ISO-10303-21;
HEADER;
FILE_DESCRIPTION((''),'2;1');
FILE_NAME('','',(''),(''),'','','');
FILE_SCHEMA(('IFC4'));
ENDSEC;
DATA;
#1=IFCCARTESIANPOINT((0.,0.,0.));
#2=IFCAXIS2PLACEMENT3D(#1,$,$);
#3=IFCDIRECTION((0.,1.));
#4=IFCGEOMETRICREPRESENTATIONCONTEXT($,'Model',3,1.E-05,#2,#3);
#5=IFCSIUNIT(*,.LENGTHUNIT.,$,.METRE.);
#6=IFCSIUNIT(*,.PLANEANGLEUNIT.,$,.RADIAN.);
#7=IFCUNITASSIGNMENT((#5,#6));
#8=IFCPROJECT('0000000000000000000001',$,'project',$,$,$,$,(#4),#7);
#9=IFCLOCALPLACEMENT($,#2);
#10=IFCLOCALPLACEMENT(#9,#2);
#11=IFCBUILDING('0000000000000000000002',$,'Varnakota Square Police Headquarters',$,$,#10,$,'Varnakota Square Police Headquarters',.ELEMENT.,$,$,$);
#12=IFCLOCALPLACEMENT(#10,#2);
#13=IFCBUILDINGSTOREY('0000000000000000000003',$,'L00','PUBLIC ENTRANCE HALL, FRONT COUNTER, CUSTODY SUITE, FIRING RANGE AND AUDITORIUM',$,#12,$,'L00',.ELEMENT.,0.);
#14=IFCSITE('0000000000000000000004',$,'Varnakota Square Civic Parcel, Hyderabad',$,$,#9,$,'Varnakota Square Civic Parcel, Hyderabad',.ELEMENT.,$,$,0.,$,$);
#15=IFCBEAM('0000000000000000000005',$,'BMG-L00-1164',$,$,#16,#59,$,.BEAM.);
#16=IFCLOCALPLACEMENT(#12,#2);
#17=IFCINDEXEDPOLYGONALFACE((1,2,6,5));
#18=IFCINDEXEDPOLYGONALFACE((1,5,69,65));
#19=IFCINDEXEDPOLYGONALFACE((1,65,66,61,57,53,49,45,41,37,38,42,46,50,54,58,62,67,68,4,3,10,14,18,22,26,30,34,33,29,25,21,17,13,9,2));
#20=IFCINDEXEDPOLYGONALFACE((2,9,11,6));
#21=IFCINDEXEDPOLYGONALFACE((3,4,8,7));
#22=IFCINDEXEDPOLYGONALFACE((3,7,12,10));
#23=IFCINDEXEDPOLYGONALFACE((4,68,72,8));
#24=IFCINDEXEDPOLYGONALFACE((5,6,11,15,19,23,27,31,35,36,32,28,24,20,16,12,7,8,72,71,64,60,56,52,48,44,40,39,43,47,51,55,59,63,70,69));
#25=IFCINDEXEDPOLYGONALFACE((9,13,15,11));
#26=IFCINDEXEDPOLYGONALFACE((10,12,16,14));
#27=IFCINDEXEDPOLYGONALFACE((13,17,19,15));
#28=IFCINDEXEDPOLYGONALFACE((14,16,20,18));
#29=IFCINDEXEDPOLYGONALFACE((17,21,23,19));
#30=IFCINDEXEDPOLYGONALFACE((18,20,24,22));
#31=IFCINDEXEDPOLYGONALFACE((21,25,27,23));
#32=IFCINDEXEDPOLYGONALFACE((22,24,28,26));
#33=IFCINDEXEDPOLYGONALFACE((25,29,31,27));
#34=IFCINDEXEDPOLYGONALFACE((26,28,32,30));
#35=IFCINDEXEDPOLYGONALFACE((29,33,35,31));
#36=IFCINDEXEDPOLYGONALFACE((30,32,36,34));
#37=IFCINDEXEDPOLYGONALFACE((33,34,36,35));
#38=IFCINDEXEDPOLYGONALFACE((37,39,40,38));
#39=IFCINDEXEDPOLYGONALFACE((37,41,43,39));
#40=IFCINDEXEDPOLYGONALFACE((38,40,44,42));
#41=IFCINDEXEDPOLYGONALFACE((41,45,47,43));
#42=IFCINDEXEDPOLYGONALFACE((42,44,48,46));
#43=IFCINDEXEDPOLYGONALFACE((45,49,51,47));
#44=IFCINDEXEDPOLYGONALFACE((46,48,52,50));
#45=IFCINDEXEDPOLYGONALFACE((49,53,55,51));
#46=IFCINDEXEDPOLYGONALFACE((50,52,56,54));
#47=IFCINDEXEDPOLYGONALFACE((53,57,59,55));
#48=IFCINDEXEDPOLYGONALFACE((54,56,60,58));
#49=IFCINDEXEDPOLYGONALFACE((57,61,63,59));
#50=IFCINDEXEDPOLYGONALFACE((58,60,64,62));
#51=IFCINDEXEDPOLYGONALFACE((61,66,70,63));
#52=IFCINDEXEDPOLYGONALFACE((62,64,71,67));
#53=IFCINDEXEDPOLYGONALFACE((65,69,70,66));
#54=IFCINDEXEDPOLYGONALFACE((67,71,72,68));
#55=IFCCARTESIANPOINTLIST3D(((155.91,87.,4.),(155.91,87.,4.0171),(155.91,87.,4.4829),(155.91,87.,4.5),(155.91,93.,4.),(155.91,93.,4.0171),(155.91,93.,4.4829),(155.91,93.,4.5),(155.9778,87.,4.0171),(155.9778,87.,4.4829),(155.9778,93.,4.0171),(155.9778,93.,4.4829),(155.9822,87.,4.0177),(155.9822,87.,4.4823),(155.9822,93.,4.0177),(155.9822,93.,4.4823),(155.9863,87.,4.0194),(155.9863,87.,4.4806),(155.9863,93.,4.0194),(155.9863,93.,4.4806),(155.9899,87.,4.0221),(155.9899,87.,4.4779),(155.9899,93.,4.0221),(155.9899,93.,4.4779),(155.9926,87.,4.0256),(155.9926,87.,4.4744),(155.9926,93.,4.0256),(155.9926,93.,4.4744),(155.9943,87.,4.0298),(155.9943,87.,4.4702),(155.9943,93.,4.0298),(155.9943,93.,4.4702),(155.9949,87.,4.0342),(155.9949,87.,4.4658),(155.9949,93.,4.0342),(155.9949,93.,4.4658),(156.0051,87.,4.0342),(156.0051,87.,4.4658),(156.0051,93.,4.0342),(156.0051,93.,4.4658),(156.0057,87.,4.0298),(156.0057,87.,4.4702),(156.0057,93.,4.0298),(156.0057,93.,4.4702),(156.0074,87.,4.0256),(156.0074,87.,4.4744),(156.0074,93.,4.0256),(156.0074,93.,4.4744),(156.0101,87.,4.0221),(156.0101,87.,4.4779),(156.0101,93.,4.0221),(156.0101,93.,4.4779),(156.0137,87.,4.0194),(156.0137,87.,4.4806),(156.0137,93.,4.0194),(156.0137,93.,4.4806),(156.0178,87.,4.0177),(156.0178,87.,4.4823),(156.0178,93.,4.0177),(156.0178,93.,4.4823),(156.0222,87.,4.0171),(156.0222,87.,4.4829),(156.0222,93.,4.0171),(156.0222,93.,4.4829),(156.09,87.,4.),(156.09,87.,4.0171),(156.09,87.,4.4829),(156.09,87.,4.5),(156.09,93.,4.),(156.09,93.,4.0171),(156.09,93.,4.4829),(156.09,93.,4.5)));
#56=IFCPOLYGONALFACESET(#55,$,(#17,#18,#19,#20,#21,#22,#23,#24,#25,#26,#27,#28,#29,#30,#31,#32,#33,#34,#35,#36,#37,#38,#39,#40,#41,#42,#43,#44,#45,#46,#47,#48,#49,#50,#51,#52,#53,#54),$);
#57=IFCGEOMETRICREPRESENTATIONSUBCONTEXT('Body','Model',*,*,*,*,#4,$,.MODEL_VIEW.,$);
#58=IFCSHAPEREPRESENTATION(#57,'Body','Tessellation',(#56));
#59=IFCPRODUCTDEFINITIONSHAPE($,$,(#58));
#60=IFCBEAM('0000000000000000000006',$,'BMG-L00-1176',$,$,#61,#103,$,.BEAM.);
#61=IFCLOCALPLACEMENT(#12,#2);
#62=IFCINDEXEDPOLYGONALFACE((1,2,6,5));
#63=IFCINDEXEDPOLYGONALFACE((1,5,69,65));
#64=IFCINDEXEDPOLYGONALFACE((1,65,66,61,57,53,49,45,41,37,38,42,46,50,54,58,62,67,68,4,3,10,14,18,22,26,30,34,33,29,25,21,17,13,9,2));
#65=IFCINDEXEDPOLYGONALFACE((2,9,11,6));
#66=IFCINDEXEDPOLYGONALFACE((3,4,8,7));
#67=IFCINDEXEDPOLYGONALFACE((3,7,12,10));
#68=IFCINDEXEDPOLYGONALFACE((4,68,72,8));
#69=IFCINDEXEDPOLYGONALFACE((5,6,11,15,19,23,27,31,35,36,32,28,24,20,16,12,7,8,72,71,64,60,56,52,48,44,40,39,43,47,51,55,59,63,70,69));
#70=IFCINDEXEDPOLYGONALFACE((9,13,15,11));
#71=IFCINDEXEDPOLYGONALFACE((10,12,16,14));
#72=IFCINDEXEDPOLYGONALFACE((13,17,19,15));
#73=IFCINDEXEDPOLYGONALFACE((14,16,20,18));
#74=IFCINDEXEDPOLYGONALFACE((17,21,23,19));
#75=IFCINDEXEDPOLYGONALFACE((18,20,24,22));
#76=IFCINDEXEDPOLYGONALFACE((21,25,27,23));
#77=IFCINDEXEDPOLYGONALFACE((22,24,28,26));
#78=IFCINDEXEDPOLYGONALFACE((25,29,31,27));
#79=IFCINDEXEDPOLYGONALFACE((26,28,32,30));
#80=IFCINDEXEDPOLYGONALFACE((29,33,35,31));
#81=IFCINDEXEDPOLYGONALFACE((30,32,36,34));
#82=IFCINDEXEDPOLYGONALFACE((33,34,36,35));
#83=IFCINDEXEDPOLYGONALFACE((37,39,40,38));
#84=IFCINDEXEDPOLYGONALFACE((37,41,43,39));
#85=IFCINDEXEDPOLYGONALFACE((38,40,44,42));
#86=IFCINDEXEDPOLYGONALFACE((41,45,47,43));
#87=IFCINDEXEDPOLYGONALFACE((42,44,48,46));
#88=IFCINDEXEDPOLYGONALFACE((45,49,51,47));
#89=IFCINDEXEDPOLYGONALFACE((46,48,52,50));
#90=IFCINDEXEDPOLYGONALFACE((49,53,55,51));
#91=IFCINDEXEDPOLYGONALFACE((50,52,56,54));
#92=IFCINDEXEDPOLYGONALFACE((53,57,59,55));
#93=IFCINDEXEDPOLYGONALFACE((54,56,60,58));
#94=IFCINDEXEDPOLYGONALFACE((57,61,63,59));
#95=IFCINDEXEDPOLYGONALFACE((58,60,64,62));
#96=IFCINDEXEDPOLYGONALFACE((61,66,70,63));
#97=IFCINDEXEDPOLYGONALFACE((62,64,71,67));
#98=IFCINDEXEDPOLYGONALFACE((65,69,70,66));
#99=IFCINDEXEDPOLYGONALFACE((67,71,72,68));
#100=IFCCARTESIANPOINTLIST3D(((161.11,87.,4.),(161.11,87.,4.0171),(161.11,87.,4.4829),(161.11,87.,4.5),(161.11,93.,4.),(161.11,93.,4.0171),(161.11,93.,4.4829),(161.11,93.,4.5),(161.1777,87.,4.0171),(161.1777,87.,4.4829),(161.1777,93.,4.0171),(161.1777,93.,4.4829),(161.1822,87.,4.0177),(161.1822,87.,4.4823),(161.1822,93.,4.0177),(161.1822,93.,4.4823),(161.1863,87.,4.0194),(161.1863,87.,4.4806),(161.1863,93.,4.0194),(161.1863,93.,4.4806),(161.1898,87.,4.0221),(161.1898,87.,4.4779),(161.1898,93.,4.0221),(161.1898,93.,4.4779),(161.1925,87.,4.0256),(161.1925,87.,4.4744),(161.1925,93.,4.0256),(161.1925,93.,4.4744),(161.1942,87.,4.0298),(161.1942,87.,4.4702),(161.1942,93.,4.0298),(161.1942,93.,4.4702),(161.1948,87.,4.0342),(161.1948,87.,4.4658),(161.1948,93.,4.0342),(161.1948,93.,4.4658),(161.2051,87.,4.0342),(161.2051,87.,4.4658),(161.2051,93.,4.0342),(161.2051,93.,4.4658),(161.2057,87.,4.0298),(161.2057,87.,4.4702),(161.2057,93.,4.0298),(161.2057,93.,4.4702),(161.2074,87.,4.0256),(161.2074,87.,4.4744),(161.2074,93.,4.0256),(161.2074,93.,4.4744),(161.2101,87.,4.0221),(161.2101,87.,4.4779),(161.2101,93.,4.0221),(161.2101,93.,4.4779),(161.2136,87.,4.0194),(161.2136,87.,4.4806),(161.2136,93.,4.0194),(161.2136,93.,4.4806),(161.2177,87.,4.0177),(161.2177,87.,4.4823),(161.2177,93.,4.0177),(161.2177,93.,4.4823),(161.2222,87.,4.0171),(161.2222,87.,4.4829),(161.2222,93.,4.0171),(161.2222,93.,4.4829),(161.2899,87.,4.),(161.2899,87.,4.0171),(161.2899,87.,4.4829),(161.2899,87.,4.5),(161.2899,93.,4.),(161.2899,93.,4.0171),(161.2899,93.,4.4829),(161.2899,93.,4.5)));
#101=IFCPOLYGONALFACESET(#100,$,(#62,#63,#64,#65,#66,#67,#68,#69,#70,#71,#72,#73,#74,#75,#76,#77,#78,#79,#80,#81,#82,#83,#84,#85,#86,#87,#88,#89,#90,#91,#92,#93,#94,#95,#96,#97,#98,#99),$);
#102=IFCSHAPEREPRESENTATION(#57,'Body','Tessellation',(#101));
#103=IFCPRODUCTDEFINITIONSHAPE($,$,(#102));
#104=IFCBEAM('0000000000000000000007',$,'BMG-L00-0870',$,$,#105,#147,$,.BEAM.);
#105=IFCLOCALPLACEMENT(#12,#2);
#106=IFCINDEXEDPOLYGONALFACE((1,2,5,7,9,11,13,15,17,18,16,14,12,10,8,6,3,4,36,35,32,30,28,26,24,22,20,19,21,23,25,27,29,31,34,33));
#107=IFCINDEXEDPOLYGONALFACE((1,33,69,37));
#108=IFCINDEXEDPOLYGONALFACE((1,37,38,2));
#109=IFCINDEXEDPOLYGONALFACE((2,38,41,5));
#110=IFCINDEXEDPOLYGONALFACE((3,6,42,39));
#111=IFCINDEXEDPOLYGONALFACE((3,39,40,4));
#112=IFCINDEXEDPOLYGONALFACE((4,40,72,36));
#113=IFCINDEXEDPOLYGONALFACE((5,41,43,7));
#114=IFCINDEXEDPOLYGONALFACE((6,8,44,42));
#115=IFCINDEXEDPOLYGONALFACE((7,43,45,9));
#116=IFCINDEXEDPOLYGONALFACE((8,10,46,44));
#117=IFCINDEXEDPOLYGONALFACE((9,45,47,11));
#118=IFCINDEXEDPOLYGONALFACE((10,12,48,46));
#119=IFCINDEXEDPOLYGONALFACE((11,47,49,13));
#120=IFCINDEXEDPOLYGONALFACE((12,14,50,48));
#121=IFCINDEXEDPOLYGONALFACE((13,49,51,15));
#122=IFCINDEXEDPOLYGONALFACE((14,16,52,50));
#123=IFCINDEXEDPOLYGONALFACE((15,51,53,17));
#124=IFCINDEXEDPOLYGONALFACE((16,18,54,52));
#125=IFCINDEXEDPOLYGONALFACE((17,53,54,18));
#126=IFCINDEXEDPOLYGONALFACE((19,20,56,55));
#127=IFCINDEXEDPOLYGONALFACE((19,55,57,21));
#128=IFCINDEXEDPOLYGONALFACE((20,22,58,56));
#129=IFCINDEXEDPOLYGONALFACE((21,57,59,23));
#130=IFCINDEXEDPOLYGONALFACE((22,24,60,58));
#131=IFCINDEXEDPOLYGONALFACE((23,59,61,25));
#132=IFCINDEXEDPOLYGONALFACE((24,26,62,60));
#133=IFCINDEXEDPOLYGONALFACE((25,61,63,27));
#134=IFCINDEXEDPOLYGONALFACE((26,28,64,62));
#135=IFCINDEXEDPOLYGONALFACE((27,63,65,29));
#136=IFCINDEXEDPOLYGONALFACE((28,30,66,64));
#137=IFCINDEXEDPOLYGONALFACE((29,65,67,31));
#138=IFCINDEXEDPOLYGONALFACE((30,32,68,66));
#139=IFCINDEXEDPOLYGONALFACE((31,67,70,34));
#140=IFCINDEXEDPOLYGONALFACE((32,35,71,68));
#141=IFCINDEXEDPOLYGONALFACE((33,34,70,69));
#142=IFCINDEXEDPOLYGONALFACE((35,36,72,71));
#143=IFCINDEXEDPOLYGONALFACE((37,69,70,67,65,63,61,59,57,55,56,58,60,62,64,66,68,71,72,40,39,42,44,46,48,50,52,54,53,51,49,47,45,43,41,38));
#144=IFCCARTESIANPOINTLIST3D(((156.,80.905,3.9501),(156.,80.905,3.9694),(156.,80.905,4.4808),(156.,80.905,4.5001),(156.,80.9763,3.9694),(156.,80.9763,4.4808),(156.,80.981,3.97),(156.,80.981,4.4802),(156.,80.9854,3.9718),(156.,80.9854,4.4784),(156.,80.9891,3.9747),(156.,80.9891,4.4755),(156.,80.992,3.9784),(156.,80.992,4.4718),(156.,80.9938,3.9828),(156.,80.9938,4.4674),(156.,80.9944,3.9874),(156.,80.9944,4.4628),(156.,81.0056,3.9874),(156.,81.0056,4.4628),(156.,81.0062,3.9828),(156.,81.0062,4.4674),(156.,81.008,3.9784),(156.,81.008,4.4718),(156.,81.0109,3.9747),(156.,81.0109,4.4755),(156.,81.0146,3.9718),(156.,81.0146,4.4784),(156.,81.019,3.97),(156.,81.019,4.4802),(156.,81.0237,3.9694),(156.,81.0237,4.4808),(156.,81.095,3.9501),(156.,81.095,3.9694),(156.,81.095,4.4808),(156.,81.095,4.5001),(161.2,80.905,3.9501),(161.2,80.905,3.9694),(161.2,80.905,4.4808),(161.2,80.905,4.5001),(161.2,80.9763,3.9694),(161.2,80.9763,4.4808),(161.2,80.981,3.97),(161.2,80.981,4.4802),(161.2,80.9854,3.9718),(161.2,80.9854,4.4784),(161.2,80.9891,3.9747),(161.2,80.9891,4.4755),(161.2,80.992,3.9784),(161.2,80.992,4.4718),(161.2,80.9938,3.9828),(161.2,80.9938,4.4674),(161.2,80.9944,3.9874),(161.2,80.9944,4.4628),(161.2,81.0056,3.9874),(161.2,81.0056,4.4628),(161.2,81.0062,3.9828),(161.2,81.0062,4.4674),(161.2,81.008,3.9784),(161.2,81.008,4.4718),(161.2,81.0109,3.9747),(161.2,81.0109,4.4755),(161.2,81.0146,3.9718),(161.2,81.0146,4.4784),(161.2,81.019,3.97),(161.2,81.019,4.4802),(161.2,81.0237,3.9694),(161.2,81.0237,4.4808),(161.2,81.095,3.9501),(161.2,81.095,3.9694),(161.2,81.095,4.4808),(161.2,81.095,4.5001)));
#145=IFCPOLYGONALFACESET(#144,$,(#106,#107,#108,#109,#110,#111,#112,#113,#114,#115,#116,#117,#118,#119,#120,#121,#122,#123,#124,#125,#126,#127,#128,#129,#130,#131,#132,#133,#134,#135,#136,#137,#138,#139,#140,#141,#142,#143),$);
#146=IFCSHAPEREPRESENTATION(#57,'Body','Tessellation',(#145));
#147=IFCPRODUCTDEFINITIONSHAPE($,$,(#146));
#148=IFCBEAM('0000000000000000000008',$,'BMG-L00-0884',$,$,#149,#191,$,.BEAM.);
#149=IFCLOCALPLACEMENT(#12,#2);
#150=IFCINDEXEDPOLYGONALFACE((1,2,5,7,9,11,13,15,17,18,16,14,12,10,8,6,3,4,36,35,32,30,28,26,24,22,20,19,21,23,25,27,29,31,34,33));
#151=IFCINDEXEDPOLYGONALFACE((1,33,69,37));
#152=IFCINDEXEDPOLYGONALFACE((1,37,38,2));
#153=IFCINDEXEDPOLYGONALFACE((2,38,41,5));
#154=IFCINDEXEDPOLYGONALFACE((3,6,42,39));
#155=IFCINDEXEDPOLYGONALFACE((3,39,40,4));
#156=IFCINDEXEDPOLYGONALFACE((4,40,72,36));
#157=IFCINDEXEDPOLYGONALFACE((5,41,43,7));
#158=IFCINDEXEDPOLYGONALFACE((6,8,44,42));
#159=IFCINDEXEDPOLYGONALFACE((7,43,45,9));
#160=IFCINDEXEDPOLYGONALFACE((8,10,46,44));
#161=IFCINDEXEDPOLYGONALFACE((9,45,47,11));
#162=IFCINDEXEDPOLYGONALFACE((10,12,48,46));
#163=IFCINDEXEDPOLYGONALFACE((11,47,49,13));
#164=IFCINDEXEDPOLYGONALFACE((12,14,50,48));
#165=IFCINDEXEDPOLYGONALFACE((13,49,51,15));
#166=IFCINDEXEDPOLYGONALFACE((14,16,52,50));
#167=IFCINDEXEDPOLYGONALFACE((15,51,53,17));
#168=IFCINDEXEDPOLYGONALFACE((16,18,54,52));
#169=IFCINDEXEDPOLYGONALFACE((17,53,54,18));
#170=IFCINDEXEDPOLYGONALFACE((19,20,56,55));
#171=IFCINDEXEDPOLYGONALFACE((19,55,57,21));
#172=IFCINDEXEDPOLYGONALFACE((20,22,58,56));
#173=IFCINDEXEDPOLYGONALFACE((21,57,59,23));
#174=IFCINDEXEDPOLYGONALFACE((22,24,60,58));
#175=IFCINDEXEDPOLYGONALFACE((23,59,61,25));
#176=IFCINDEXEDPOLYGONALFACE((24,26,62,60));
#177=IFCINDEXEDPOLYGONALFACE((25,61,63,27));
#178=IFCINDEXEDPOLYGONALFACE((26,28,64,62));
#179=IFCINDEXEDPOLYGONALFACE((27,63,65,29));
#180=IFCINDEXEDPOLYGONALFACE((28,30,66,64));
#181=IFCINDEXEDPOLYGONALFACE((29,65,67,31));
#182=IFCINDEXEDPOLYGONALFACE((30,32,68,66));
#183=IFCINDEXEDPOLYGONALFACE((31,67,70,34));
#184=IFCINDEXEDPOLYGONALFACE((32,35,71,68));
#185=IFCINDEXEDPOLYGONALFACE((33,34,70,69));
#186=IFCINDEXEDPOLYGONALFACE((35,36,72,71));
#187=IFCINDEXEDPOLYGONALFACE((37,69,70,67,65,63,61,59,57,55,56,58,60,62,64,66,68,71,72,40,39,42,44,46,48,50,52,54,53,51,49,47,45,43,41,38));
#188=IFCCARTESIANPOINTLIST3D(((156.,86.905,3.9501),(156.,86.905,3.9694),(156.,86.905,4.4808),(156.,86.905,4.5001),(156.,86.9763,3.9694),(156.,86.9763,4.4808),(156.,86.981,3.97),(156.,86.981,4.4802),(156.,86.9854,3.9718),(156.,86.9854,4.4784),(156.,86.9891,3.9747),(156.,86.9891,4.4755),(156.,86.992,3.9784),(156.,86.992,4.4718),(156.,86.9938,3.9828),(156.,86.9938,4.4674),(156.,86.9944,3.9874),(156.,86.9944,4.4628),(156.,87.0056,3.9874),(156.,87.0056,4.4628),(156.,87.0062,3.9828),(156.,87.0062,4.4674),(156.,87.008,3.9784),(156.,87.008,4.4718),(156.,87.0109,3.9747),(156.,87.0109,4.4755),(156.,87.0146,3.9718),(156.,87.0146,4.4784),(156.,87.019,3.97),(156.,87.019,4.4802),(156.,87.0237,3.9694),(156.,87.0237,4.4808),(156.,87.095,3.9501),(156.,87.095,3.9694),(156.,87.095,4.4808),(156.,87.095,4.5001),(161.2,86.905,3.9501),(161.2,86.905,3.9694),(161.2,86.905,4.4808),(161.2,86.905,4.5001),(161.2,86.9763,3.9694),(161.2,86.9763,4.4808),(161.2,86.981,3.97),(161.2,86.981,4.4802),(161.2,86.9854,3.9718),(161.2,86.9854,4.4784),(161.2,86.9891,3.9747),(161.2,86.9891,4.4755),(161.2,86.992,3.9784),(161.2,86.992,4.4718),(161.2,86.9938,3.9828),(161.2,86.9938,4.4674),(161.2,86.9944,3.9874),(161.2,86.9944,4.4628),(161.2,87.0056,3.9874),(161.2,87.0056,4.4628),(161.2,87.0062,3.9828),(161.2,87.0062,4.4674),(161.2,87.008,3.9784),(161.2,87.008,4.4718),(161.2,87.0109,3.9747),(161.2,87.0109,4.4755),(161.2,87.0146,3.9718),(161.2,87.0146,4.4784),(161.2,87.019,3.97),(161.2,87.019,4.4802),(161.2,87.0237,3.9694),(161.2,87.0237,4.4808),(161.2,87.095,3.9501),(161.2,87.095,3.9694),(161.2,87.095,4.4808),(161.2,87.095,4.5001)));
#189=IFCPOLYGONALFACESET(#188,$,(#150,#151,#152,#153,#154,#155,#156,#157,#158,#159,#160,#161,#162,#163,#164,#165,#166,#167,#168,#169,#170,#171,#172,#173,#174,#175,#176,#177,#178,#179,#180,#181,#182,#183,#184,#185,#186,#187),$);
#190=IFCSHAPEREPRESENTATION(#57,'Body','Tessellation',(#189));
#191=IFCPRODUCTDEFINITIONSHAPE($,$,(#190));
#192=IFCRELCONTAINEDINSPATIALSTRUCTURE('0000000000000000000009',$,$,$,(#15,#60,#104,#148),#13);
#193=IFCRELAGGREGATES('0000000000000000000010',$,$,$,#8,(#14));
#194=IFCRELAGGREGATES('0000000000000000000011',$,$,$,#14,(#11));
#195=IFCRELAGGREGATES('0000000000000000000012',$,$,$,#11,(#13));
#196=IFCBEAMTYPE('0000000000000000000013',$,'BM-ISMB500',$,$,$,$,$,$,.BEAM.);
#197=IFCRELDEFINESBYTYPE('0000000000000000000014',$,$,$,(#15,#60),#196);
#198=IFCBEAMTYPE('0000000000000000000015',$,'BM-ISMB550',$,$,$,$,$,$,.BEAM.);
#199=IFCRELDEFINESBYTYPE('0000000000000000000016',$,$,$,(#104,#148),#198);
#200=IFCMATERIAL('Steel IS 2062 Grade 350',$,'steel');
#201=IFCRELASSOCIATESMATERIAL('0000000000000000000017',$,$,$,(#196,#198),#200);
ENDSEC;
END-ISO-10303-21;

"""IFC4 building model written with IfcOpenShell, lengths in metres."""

from ifc_helpers import new_model, si_unit, direction, frame, origin, origin_2d, place, context, subcontext, project, spatial, i_section, extrude, material, material_profile, profile_set, type_object, element, save


model = new_model("IFC4")

# Units and contexts
model_context = context("Model", 3, precision=1e-05, world=origin(), true_north=direction((0.0, 1.0)))
body_context = subcontext(model_context, "Body", "Model", "MODEL_VIEW")
ifc_project = project(units=[si_unit("LENGTHUNIT", "METRE"), si_unit("PLANEANGLEUNIT", "RADIAN")], contexts=[model_context])

# Site, building, storey
site_placement = place(None, origin())
site = spatial("IfcSite", under=ifc_project, at=site_placement, Name="Varnakota Square Civic Parcel, Hyderabad", LongName="Varnakota Square Civic Parcel, Hyderabad", CompositionType="ELEMENT", RefElevation=0.0)
building_placement = place(site_placement, origin())
building = spatial("IfcBuilding", under=site, at=building_placement, Name="Varnakota Square Police Headquarters", LongName="Varnakota Square Police Headquarters", CompositionType="ELEMENT")
storey_placement = place(building_placement, origin())
storey = spatial("IfcBuildingStorey", under=building, at=storey_placement, Name="L00", Description="PUBLIC ENTRANCE HALL, FRONT COUNTER, CUSTODY SUITE, FIRING RANGE AND AUDITORIUM", LongName="L00", CompositionType="ELEMENT", Elevation=0.0)

# Beams
ifc_material_1 = material(Name="Steel IS 2062 Grade 350", Category="steel")
ifc_material_profile_1 = material_profile(ifc_material_1, i_section(OverallWidth=0.1799, OverallDepth=0.5, WebThickness=0.0103, FlangeThickness=0.0171, FilletRadius=0.0171, at=origin_2d()), Name="ISMB 500")
ifc_profile_set_1 = profile_set([ifc_material_profile_1], Name="Steel IS 2062 Grade 350")
beam_type_1 = type_object("IfcBeamType", Name="BM-ISMB500", PredefinedType="BEAM", material=ifc_profile_set_1)
for number, where, z_axis, x_axis, name in (
    (1, (156.0, 87.0, 4.25), (0.0, 1.0, 0.0), (-1.0, 0.0, 0.0), "BMG-L00-1164"),
    (2, (161.2, 87.0, 4.25), (0.0, 1.0, 0.0), (-1.0, 0.0, 0.0), "BMG-L00-1176"),
):
    element("IfcBeam", number, at=place(storey_placement, frame(where, z_axis=z_axis, x_axis=x_axis)), inside=storey, type_object=beam_type_1, Name=name, PredefinedType="BEAM", context=body_context, shape_type="SweptSolid", body=[
        extrude(i_section(OverallWidth=0.1799, OverallDepth=0.5, WebThickness=0.0103, FlangeThickness=0.0171, FilletRadius=0.0171, at=origin_2d()), origin(), (0.0, 0.0, 1.0), 6.0),
    ])
ifc_material_profile_2 = material_profile(ifc_material_1, i_section(OverallWidth=0.1899, OverallDepth=0.55, WebThickness=0.0112, FlangeThickness=0.0193, FilletRadius=0.0181, at=origin_2d()), Name="ISMB 550")
ifc_profile_set_2 = profile_set([ifc_material_profile_2], Name="Steel IS 2062 Grade 350")
beam_type_2 = type_object("IfcBeamType", Name="BM-ISMB550", PredefinedType="BEAM", material=ifc_profile_set_2)
for number, where, z_axis, x_axis, name in (
    (3, (156.0, 81.0, 4.2251), (1.0, 0.0, 0.0), (0.0, 1.0, 0.0), "BMG-L00-0870"),
    (4, (156.0, 87.0, 4.2251), (1.0, 0.0, 0.0), (0.0, 1.0, 0.0), "BMG-L00-0884"),
):
    element("IfcBeam", number, at=place(storey_placement, frame(where, z_axis=z_axis, x_axis=x_axis)), inside=storey, type_object=beam_type_2, Name=name, PredefinedType="BEAM", context=body_context, shape_type="SweptSolid", body=[
        extrude(i_section(OverallWidth=0.1899, OverallDepth=0.55, WebThickness=0.0112, FlangeThickness=0.0193, FilletRadius=0.0181, at=origin_2d()), origin(), (0.0, 0.0, 1.0), 5.2),
    ])

save(model, "model.ifc")
